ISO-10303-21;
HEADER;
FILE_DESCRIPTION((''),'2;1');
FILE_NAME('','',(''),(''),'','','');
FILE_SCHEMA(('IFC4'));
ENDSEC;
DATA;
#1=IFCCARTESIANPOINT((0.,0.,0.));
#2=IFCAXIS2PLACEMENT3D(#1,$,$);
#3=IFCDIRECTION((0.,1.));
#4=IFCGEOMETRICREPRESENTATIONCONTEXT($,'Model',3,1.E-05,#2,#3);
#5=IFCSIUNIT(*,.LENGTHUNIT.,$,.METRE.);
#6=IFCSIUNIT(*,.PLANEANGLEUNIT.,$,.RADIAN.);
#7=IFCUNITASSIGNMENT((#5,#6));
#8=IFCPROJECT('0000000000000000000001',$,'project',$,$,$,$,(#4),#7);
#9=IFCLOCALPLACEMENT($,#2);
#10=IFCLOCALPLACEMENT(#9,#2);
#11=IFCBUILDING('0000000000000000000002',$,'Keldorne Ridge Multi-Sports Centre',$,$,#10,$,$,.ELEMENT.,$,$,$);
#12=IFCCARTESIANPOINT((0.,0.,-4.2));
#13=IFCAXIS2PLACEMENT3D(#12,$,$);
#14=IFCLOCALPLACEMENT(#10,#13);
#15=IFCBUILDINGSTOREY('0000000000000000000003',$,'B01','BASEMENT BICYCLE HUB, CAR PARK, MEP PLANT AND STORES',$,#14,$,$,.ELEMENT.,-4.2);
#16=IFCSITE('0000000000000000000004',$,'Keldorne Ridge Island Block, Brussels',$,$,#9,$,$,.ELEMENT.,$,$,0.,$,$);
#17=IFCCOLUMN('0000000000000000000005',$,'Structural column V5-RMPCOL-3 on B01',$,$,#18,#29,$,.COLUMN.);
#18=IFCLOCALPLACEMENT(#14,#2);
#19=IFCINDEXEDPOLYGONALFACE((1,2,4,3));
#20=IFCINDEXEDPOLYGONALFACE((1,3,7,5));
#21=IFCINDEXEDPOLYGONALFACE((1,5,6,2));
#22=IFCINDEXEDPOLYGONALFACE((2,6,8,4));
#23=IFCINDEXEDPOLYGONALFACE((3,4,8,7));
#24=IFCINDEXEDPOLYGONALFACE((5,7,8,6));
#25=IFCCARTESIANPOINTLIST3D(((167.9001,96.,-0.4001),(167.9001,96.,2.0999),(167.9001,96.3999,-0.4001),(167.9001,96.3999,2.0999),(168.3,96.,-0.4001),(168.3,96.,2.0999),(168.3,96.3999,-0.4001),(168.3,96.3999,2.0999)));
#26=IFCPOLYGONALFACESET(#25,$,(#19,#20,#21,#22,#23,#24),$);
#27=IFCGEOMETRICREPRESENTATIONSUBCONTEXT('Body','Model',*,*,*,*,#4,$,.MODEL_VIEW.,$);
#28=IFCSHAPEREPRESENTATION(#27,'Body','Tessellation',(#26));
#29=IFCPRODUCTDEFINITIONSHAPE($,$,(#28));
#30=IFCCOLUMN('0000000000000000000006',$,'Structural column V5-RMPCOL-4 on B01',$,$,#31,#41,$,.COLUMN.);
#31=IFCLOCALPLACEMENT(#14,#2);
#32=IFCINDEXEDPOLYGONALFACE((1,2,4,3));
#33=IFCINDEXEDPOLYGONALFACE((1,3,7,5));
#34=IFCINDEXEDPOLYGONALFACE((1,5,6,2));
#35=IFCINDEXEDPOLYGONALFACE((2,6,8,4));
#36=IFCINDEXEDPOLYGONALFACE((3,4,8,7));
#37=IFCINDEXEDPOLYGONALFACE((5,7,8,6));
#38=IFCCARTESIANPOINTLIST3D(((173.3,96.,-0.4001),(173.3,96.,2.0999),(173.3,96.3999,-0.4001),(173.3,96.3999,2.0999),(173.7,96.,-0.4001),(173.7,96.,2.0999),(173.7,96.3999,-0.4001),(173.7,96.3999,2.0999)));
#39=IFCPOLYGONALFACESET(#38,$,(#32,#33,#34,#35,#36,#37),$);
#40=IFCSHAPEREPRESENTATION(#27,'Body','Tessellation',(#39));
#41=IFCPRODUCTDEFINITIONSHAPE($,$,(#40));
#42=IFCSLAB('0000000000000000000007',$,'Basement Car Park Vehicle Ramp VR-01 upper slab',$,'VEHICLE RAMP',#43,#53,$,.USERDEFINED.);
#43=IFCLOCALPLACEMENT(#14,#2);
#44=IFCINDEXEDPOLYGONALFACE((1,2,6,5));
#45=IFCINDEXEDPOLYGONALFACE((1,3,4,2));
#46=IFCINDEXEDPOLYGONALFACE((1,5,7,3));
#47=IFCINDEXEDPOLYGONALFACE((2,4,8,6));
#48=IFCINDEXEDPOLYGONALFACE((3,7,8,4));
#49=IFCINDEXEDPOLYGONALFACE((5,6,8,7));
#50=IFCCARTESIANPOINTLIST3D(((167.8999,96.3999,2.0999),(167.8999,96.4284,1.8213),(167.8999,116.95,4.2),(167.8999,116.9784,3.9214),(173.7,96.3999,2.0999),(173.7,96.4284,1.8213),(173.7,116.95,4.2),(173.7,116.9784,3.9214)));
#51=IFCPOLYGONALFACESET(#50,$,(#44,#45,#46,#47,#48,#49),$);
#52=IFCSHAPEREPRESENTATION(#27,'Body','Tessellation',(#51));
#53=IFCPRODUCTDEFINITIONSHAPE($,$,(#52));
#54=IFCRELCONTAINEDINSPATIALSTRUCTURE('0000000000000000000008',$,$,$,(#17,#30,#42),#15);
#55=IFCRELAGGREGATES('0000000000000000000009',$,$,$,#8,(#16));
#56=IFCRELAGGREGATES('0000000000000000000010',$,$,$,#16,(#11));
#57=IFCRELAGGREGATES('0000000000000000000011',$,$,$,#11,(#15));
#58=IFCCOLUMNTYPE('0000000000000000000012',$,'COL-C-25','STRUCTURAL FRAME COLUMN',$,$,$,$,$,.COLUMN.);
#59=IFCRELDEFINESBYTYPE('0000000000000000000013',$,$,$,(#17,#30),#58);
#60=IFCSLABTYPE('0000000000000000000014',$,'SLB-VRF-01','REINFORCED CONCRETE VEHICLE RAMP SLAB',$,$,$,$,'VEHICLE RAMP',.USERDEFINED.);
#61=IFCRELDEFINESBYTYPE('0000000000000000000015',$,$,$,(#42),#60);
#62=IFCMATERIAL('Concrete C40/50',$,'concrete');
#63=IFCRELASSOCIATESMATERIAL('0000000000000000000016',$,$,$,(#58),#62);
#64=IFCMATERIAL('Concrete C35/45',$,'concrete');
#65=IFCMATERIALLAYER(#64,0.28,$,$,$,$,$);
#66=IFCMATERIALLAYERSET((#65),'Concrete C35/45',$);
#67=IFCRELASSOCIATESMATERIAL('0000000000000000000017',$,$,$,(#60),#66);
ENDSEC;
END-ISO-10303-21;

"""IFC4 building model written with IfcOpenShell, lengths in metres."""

from ifc_helpers import new_model, si_unit, direction, frame, origin, origin_2d, place, context, subcontext, project, spatial, polyline, rectangle, outline, extrude, material, layer, layer_set, material_profile, profile_set, type_object, element, save


model = new_model("IFC4")

# Units and contexts
model_context = context("Model", 3, precision=1e-05, world=origin(), true_north=direction((0.0, 1.0)))
body_context = subcontext(model_context, "Body", "Model", "MODEL_VIEW")
ifc_project = project(units=[si_unit("LENGTHUNIT", "METRE"), si_unit("PLANEANGLEUNIT", "RADIAN")], contexts=[model_context])

# Site, building, storey
site_placement = place(None, origin())
site = spatial("IfcSite", under=ifc_project, at=site_placement, Name="Keldorne Ridge Island Block, Brussels", CompositionType="ELEMENT", RefElevation=0.0)
building_placement = place(site_placement, origin())
building = spatial("IfcBuilding", under=site, at=building_placement, Name="Keldorne Ridge Multi-Sports Centre", CompositionType="ELEMENT")
storey_placement = place(building_placement, frame((0.0, 0.0, -4.2)))
storey = spatial("IfcBuildingStorey", under=building, at=storey_placement, Name="B01", Description="BASEMENT BICYCLE HUB, CAR PARK, MEP PLANT AND STORES", CompositionType="ELEMENT", Elevation=-4.2)

# Shared definitions
ifc_material_1 = material(Name="Concrete C35/45", Category="concrete")

# Columns
ifc_material_2 = material(Name="Concrete C40/50", Category="concrete")
ifc_material_profile_1 = material_profile(ifc_material_2, rectangle(XDim=0.3999, YDim=0.3999, at=origin_2d()), Name="RC 400x400")
ifc_profile_set_1 = profile_set([ifc_material_profile_1], Name="Concrete C40/50")
column_type_1 = type_object("IfcColumnType", Name="COL-C-25", Description="STRUCTURAL FRAME COLUMN", PredefinedType="COLUMN", material=ifc_profile_set_1)
for number, where, z_axis, x_axis, name in (
    (1, (168.1001, 96.2, -0.4001), (0.0, 0.0, 1.0), (1.0, 0.0, 0.0), "Structural column V5-RMPCOL-3 on B01"),
    (2, (173.5, 96.2, -0.4001), (0.0, 0.0, 1.0), (1.0, 0.0, 0.0), "Structural column V5-RMPCOL-4 on B01"),
):
    element("IfcColumn", number, at=place(storey_placement, frame(where, z_axis=z_axis, x_axis=x_axis)), inside=storey, type_object=column_type_1, Name=name, PredefinedType="COLUMN", context=body_context, shape_type="SweptSolid", body=[
        extrude(rectangle(XDim=0.3999, YDim=0.3999, at=origin_2d()), origin(), (0.0, 0.0, 1.0), 2.5),
    ])

# Slab
ifc_layer = layer(ifc_material_1, 0.28)
ifc_layer_set = layer_set([ifc_layer], Name="Concrete C35/45")
slab_type = type_object("IfcSlabType", Name="SLB-VRF-01", Description="REINFORCED CONCRETE VEHICLE RAMP SLAB", ElementType="VEHICLE RAMP", PredefinedType="USERDEFINED", material=ifc_layer_set)
slab_placement = place(storey_placement, frame((167.8999, 96.3999, 2.0999), z_axis=(0.0, -0.101665, 0.994819), x_axis=(1.0, 0.0, 0.0)))
element("IfcSlab", 3, at=slab_placement, inside=storey, type_object=slab_type, Name="Basement Car Park Vehicle Ramp VR-01 upper slab", ObjectType="VEHICLE RAMP", PredefinedType="USERDEFINED", context=body_context, shape_type="SweptSolid", body=[
    extrude(outline(polyline([(0.0, 0.0), (5.8, 0.0), (5.8, 20.6571), (0.0, 20.6571), (0.0, 0.0)])), origin(), (0.0, 0.0, -1.0), 0.28),
])

save(model, "model.ifc")
